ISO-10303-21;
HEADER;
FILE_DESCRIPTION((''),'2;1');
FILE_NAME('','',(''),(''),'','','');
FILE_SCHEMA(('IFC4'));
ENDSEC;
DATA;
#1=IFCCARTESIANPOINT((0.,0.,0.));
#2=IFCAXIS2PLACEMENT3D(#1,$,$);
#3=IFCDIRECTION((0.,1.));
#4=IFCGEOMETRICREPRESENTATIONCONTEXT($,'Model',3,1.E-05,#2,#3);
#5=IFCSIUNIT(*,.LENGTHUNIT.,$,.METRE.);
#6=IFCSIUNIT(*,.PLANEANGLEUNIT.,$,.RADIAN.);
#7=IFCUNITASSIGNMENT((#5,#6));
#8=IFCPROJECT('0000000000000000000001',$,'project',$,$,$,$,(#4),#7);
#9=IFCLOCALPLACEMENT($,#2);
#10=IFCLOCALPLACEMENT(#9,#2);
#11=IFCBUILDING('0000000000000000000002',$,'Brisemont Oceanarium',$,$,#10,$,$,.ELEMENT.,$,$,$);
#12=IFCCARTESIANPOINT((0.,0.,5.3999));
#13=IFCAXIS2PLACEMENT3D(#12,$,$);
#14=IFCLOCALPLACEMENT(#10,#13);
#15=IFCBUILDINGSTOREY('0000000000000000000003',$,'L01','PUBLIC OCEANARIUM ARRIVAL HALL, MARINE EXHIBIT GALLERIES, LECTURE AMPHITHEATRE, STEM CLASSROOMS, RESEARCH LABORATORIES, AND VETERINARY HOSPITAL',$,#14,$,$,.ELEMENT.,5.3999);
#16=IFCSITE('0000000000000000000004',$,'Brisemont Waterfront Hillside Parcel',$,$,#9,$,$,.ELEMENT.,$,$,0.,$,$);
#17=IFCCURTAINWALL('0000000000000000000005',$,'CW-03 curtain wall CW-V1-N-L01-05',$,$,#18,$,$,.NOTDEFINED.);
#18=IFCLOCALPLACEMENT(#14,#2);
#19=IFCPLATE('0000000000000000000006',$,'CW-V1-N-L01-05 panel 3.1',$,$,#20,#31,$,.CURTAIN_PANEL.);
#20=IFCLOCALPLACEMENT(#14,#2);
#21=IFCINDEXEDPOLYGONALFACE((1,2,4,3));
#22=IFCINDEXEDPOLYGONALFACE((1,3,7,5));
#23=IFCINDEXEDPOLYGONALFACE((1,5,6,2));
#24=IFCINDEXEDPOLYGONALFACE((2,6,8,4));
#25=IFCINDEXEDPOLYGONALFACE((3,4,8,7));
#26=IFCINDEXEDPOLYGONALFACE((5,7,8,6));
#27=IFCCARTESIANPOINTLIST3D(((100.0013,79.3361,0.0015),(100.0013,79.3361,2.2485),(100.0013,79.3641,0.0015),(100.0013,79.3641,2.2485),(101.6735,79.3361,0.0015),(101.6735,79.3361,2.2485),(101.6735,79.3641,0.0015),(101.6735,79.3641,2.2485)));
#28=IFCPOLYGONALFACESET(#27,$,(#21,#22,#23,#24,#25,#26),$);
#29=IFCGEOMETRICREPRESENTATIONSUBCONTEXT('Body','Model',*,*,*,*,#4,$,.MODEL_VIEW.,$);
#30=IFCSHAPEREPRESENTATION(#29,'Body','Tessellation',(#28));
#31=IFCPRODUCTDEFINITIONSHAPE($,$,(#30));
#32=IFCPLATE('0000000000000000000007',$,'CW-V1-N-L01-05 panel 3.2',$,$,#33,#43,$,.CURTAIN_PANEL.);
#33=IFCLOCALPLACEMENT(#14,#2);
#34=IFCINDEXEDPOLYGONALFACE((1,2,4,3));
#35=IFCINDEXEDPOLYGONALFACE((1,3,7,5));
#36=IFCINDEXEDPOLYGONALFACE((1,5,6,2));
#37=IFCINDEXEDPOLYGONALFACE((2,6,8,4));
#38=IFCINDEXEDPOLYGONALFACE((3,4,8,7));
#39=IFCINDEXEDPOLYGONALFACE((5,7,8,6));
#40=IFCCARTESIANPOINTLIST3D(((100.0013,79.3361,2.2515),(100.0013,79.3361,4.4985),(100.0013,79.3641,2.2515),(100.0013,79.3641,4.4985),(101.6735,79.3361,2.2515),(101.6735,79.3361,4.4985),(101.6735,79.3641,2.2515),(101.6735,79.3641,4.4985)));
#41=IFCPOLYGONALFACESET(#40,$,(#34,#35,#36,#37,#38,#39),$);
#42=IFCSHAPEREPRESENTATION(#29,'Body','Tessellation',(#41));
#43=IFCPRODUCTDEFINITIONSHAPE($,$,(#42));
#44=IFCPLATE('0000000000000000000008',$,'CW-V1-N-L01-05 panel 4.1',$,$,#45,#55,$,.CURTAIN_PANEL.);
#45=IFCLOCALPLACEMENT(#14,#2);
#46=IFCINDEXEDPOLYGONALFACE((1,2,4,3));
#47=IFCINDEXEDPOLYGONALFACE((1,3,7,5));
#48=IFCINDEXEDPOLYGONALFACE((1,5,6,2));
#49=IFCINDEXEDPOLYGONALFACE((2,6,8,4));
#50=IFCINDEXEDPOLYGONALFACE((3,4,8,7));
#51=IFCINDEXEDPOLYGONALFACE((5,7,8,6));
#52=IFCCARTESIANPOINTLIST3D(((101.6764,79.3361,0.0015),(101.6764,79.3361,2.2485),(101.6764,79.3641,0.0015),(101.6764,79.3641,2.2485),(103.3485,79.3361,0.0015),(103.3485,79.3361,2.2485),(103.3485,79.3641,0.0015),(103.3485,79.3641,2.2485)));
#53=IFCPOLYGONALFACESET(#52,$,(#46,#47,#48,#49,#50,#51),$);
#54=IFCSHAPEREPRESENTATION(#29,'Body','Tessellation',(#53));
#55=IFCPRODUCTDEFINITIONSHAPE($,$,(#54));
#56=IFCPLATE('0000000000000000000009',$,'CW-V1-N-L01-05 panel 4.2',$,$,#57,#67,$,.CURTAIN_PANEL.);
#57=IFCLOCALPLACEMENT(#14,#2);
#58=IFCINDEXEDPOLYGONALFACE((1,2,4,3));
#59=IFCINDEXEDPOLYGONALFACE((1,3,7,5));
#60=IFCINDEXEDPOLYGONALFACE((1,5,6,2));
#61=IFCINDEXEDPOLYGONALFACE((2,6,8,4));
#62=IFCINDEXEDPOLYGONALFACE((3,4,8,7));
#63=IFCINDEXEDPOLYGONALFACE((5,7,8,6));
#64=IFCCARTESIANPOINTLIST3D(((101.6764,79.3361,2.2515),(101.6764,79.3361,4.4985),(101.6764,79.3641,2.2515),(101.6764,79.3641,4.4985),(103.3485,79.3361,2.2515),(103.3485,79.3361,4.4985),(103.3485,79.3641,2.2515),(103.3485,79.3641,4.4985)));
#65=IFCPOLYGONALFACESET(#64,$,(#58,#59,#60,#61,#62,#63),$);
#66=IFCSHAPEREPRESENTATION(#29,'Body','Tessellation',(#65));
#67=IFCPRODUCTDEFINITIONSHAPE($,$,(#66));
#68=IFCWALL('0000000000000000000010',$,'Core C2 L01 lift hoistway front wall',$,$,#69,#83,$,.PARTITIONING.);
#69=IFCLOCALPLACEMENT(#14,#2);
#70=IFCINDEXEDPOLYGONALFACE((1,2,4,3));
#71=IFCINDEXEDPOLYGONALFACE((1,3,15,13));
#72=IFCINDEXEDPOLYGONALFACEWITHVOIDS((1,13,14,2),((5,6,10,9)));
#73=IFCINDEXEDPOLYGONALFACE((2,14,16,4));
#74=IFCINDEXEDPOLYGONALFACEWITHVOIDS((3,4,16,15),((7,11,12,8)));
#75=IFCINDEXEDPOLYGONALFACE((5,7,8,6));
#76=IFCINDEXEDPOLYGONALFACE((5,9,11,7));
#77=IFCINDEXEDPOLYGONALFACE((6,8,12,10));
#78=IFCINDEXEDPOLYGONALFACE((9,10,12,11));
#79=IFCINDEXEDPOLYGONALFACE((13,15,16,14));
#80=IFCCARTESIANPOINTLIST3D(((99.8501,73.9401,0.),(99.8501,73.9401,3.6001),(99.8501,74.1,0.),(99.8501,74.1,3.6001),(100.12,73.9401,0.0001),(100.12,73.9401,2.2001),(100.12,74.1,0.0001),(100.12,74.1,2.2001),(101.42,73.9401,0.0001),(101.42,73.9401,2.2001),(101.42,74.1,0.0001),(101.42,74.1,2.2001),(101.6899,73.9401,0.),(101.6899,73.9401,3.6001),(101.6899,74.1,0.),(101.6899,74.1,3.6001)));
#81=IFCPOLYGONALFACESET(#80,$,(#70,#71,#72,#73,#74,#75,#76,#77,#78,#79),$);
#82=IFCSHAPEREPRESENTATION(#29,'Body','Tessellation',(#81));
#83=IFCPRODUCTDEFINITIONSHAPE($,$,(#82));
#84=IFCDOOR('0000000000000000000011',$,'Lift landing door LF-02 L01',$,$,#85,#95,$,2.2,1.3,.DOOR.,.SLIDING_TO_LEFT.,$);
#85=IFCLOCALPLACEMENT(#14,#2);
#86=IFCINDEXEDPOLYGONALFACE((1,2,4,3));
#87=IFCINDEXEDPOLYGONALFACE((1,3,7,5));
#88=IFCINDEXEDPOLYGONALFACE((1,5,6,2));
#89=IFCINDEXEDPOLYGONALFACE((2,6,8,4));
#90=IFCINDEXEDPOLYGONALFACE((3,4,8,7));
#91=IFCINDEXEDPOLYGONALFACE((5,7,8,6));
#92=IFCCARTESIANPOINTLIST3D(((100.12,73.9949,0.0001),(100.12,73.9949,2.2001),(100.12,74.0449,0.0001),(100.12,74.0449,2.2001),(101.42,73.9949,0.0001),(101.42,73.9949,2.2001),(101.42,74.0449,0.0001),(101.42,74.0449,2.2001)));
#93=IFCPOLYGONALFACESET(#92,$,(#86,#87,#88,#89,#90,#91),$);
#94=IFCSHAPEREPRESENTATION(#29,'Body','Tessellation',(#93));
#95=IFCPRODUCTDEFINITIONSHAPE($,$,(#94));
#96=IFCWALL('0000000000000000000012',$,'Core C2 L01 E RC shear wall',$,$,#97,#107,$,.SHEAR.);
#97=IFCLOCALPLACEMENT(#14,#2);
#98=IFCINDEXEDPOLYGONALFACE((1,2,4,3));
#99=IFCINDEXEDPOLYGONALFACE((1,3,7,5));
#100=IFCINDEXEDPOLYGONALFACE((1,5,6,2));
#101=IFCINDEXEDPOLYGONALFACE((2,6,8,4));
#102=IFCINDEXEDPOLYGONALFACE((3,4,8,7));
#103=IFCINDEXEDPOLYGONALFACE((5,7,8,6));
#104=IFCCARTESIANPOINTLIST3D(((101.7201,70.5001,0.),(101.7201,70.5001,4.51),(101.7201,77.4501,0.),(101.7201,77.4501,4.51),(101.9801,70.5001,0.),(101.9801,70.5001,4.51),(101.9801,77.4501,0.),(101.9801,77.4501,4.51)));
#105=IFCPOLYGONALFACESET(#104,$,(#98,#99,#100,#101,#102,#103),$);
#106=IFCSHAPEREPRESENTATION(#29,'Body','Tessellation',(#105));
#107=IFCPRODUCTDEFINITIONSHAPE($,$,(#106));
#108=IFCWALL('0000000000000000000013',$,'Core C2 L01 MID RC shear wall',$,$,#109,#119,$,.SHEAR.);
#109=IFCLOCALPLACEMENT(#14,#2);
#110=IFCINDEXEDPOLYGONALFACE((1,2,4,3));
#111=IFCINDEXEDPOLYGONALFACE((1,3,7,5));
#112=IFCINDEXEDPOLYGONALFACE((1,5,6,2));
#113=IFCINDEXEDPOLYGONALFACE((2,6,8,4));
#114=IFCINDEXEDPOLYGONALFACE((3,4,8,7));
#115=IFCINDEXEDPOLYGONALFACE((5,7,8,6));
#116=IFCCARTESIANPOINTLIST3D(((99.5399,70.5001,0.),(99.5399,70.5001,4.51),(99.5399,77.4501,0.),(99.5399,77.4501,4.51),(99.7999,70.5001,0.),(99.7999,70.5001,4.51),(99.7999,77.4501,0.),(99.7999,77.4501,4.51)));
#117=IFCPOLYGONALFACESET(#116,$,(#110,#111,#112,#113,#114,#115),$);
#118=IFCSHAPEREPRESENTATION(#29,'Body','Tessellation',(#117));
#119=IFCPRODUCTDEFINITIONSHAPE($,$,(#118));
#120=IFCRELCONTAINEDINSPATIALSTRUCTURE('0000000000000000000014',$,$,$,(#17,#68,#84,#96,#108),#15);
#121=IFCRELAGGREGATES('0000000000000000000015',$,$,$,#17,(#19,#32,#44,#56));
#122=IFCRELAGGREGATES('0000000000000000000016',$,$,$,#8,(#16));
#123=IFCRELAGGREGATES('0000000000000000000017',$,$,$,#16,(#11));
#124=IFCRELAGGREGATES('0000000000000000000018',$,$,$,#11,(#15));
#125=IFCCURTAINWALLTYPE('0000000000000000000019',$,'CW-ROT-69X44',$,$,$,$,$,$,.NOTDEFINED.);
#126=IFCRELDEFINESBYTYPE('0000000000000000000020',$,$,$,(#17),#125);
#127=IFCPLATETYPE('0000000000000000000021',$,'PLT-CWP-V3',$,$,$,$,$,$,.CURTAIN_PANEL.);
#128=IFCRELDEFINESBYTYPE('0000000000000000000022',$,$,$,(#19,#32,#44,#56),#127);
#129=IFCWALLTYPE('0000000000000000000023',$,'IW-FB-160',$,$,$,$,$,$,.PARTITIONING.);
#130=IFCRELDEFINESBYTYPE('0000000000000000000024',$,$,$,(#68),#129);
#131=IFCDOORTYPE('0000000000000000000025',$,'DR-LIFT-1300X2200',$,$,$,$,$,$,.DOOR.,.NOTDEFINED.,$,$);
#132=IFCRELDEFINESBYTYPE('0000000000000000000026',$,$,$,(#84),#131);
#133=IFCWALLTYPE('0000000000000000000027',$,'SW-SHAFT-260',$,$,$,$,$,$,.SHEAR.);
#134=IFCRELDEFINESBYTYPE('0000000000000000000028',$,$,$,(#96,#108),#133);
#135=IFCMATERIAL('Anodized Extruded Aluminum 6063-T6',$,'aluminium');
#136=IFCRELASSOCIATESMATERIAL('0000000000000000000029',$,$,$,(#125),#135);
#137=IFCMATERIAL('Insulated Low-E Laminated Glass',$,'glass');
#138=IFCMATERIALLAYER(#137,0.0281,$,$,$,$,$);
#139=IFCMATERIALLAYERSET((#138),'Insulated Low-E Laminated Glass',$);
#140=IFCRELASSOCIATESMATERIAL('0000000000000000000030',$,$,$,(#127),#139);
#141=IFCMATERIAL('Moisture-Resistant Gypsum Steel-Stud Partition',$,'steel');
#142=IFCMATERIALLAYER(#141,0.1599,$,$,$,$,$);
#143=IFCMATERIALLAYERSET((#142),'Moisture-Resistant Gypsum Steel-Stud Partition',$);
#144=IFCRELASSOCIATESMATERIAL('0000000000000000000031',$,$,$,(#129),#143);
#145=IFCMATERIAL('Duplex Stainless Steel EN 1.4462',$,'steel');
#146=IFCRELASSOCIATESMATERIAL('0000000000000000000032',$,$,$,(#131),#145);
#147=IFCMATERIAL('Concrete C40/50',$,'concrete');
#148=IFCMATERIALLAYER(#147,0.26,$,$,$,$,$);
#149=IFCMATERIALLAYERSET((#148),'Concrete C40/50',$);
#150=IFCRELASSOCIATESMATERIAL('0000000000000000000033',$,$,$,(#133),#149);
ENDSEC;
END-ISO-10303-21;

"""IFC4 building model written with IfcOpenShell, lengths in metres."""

from ifc_helpers import new_model, si_unit, direction, frame, frame_2d, origin, origin_2d, place, context, subcontext, project, spatial, rectangle, extrude, material, layer, layer_set, type_object, element, fill, aggregate, save


model = new_model("IFC4")

# Units and contexts
model_context = context("Model", 3, precision=1e-05, world=origin(), true_north=direction((0.0, 1.0)))
body_context = subcontext(model_context, "Body", "Model", "MODEL_VIEW")
ifc_project = project(units=[si_unit("LENGTHUNIT", "METRE"), si_unit("PLANEANGLEUNIT", "RADIAN")], contexts=[model_context])

# Site, building, storey
site_placement = place(None, origin())
site = spatial("IfcSite", under=ifc_project, at=site_placement, Name="Brisemont Waterfront Hillside Parcel", CompositionType="ELEMENT", RefElevation=0.0)
building_placement = place(site_placement, origin())
building = spatial("IfcBuilding", under=site, at=building_placement, Name="Brisemont Oceanarium", CompositionType="ELEMENT")
storey_placement = place(building_placement, frame((0.0, 0.0, 5.3999)))
storey = spatial("IfcBuildingStorey", under=building, at=storey_placement, Name="L01", Description="PUBLIC OCEANARIUM ARRIVAL HALL, MARINE EXHIBIT GALLERIES, LECTURE AMPHITHEATRE, STEM CLASSROOMS, RESEARCH LABORATORIES, AND VETERINARY HOSPITAL", CompositionType="ELEMENT", Elevation=5.3999)

# Curtain wall, plates
ifc_material_1 = material(Name="Anodized Extruded Aluminum 6063-T6", Category="aluminium")
curtain_wall_type = type_object("IfcCurtainWallType", Name="CW-ROT-69X44", PredefinedType="NOTDEFINED", material=ifc_material_1)
curtain_wall_placement = place(storey_placement, origin())
curtain_wall = element("IfcCurtainWall", 1, at=curtain_wall_placement, inside=storey, type_object=curtain_wall_type, Name="CW-03 curtain wall CW-V1-N-L01-05", PredefinedType="NOTDEFINED")
ifc_material_2 = material(Name="Insulated Low-E Laminated Glass", Category="glass")
ifc_layer_1 = layer(ifc_material_2, 0.0281)
ifc_layer_set_1 = layer_set([ifc_layer_1], Name="Insulated Low-E Laminated Glass")
plate_type = type_object("IfcPlateType", Name="PLT-CWP-V3", PredefinedType="CURTAIN_PANEL", material=ifc_layer_set_1)
plate_1_placement = place(storey_placement, frame((100.8374, 79.3501, 0.0015), z_axis=(0.0, 0.0, 1.0), x_axis=(1.0, 0.0, 0.0)))
plate_1 = element("IfcPlate", 2, at=plate_1_placement, type_object=plate_type, Name="CW-V1-N-L01-05 panel 3.1", PredefinedType="CURTAIN_PANEL", context=body_context, shape_type="SweptSolid", body=[
    extrude(rectangle(XDim=1.6721, YDim=0.0281, at=origin_2d()), origin(), (0.0, 0.0, 1.0), 2.2471),
])
plate_2_placement = place(storey_placement, frame((100.8374, 79.3501, 2.2515), z_axis=(0.0, 0.0, 1.0), x_axis=(1.0, 0.0, 0.0)))
plate_2 = element("IfcPlate", 3, at=plate_2_placement, type_object=plate_type, Name="CW-V1-N-L01-05 panel 3.2", PredefinedType="CURTAIN_PANEL", context=body_context, shape_type="SweptSolid", body=[
    extrude(rectangle(XDim=1.6721, YDim=0.0281, at=origin_2d()), origin(), (0.0, 0.0, 1.0), 2.2471),
])
plate_3_placement = place(storey_placement, frame((102.5125, 79.3501, 0.0015), z_axis=(0.0, 0.0, 1.0), x_axis=(1.0, 0.0, 0.0)))
plate_3 = element("IfcPlate", 4, at=plate_3_placement, type_object=plate_type, Name="CW-V1-N-L01-05 panel 4.1", PredefinedType="CURTAIN_PANEL", context=body_context, shape_type="SweptSolid", body=[
    extrude(rectangle(XDim=1.6721, YDim=0.0281, at=origin_2d()), origin(), (0.0, 0.0, 1.0), 2.2471),
])
plate_4_placement = place(storey_placement, frame((102.5125, 79.3501, 2.2515), z_axis=(0.0, 0.0, 1.0), x_axis=(1.0, 0.0, 0.0)))
plate_4 = element("IfcPlate", 5, at=plate_4_placement, type_object=plate_type, Name="CW-V1-N-L01-05 panel 4.2", PredefinedType="CURTAIN_PANEL", context=body_context, shape_type="SweptSolid", body=[
    extrude(rectangle(XDim=1.6721, YDim=0.0281, at=origin_2d()), origin(), (0.0, 0.0, 1.0), 2.2471),
])
aggregate(curtain_wall, [plate_1, plate_2, plate_3, plate_4])

# Wall, opening, door
ifc_material_3 = material(Name="Moisture-Resistant Gypsum Steel-Stud Partition", Category="steel")
ifc_layer_2 = layer(ifc_material_3, 0.1599)
ifc_layer_set_2 = layer_set([ifc_layer_2], Name="Moisture-Resistant Gypsum Steel-Stud Partition")
wall_type_1 = type_object("IfcWallType", Name="IW-FB-160", PredefinedType="PARTITIONING", material=ifc_layer_set_2)
wall_placement = place(storey_placement, frame((99.8501, 74.02, 0.0), z_axis=(0.0, 0.0, 1.0), x_axis=(1.0, 0.0, 0.0)))
wall = element("IfcWall", 6, at=wall_placement, inside=storey, type_object=wall_type_1, Name="Core C2 L01 lift hoistway front wall", PredefinedType="PARTITIONING", context=body_context, shape_type="SweptSolid", body=[
    extrude(rectangle(XDim=1.8398, YDim=0.1599, at=frame_2d((0.9199, 0.0))), origin(), (0.0, 0.0, 1.0), 3.6001),
])
opening_placement = place(wall_placement, frame((0.27, 0.0, 0.0)))
opening = element("IfcOpeningElement", 7, at=opening_placement, cuts=wall, PredefinedType="OPENING", context=body_context, shape_type="SweptSolid", body=[
    extrude(rectangle(XDim=1.3, YDim=2.2, at=frame_2d((0.6499, 1.1001))), frame((0.0, 0.0898, 0.0), z_axis=(0.0, -1.0, 0.0), x_axis=(1.0, 0.0, 0.0)), (0.0, 0.0, 1.0), 0.1799),
])
ifc_material_4 = material(Name="Duplex Stainless Steel EN 1.4462", Category="steel")
door_type = type_object("IfcDoorType", Name="DR-LIFT-1300X2200", OperationType="NOTDEFINED", PredefinedType="DOOR", material=ifc_material_4)
door_placement = place(opening_placement, origin())
door = element("IfcDoor", 8, at=door_placement, inside=storey, type_object=door_type, Name="Lift landing door LF-02 L01", OperationType="SLIDING_TO_LEFT", OverallHeight=2.2, OverallWidth=1.3, PredefinedType="DOOR", context=body_context, shape_type="SweptSolid", body=[
    extrude(rectangle(XDim=1.3, YDim=2.2, at=frame_2d((0.6499, 1.1001))), frame((0.0, 0.0249, 0.0), z_axis=(0.0, -1.0, 0.0), x_axis=(1.0, 0.0, 0.0)), (0.0, 0.0, 1.0), 0.05),
])
fill(opening, door)

# Walls
ifc_material_5 = material(Name="Concrete C40/50", Category="concrete")
ifc_layer_3 = layer(ifc_material_5, 0.26)
ifc_layer_set_3 = layer_set([ifc_layer_3], Name="Concrete C40/50")
wall_type_2 = type_object("IfcWallType", Name="SW-SHAFT-260", PredefinedType="SHEAR", material=ifc_layer_set_3)
for number, where, z_axis, x_axis, name in (
    (9, (101.8501, 70.5, 0.0), (0.0, 0.0, 1.0), (0.0, 1.0, 0.0), "Core C2 L01 E RC shear wall"),
    (10, (99.6699, 70.5, 0.0), (0.0, 0.0, 1.0), (0.0, 1.0, 0.0), "Core C2 L01 MID RC shear wall"),
):
    element("IfcWall", number, at=place(storey_placement, frame(where, z_axis=z_axis, x_axis=x_axis)), inside=storey, type_object=wall_type_2, Name=name, PredefinedType="SHEAR", context=body_context, shape_type="SweptSolid", body=[
        extrude(rectangle(XDim=6.95, YDim=0.26, at=frame_2d((3.4751, 0.0))), origin(), (0.0, 0.0, 1.0), 4.51),
    ])

save(model, "model.ifc")
